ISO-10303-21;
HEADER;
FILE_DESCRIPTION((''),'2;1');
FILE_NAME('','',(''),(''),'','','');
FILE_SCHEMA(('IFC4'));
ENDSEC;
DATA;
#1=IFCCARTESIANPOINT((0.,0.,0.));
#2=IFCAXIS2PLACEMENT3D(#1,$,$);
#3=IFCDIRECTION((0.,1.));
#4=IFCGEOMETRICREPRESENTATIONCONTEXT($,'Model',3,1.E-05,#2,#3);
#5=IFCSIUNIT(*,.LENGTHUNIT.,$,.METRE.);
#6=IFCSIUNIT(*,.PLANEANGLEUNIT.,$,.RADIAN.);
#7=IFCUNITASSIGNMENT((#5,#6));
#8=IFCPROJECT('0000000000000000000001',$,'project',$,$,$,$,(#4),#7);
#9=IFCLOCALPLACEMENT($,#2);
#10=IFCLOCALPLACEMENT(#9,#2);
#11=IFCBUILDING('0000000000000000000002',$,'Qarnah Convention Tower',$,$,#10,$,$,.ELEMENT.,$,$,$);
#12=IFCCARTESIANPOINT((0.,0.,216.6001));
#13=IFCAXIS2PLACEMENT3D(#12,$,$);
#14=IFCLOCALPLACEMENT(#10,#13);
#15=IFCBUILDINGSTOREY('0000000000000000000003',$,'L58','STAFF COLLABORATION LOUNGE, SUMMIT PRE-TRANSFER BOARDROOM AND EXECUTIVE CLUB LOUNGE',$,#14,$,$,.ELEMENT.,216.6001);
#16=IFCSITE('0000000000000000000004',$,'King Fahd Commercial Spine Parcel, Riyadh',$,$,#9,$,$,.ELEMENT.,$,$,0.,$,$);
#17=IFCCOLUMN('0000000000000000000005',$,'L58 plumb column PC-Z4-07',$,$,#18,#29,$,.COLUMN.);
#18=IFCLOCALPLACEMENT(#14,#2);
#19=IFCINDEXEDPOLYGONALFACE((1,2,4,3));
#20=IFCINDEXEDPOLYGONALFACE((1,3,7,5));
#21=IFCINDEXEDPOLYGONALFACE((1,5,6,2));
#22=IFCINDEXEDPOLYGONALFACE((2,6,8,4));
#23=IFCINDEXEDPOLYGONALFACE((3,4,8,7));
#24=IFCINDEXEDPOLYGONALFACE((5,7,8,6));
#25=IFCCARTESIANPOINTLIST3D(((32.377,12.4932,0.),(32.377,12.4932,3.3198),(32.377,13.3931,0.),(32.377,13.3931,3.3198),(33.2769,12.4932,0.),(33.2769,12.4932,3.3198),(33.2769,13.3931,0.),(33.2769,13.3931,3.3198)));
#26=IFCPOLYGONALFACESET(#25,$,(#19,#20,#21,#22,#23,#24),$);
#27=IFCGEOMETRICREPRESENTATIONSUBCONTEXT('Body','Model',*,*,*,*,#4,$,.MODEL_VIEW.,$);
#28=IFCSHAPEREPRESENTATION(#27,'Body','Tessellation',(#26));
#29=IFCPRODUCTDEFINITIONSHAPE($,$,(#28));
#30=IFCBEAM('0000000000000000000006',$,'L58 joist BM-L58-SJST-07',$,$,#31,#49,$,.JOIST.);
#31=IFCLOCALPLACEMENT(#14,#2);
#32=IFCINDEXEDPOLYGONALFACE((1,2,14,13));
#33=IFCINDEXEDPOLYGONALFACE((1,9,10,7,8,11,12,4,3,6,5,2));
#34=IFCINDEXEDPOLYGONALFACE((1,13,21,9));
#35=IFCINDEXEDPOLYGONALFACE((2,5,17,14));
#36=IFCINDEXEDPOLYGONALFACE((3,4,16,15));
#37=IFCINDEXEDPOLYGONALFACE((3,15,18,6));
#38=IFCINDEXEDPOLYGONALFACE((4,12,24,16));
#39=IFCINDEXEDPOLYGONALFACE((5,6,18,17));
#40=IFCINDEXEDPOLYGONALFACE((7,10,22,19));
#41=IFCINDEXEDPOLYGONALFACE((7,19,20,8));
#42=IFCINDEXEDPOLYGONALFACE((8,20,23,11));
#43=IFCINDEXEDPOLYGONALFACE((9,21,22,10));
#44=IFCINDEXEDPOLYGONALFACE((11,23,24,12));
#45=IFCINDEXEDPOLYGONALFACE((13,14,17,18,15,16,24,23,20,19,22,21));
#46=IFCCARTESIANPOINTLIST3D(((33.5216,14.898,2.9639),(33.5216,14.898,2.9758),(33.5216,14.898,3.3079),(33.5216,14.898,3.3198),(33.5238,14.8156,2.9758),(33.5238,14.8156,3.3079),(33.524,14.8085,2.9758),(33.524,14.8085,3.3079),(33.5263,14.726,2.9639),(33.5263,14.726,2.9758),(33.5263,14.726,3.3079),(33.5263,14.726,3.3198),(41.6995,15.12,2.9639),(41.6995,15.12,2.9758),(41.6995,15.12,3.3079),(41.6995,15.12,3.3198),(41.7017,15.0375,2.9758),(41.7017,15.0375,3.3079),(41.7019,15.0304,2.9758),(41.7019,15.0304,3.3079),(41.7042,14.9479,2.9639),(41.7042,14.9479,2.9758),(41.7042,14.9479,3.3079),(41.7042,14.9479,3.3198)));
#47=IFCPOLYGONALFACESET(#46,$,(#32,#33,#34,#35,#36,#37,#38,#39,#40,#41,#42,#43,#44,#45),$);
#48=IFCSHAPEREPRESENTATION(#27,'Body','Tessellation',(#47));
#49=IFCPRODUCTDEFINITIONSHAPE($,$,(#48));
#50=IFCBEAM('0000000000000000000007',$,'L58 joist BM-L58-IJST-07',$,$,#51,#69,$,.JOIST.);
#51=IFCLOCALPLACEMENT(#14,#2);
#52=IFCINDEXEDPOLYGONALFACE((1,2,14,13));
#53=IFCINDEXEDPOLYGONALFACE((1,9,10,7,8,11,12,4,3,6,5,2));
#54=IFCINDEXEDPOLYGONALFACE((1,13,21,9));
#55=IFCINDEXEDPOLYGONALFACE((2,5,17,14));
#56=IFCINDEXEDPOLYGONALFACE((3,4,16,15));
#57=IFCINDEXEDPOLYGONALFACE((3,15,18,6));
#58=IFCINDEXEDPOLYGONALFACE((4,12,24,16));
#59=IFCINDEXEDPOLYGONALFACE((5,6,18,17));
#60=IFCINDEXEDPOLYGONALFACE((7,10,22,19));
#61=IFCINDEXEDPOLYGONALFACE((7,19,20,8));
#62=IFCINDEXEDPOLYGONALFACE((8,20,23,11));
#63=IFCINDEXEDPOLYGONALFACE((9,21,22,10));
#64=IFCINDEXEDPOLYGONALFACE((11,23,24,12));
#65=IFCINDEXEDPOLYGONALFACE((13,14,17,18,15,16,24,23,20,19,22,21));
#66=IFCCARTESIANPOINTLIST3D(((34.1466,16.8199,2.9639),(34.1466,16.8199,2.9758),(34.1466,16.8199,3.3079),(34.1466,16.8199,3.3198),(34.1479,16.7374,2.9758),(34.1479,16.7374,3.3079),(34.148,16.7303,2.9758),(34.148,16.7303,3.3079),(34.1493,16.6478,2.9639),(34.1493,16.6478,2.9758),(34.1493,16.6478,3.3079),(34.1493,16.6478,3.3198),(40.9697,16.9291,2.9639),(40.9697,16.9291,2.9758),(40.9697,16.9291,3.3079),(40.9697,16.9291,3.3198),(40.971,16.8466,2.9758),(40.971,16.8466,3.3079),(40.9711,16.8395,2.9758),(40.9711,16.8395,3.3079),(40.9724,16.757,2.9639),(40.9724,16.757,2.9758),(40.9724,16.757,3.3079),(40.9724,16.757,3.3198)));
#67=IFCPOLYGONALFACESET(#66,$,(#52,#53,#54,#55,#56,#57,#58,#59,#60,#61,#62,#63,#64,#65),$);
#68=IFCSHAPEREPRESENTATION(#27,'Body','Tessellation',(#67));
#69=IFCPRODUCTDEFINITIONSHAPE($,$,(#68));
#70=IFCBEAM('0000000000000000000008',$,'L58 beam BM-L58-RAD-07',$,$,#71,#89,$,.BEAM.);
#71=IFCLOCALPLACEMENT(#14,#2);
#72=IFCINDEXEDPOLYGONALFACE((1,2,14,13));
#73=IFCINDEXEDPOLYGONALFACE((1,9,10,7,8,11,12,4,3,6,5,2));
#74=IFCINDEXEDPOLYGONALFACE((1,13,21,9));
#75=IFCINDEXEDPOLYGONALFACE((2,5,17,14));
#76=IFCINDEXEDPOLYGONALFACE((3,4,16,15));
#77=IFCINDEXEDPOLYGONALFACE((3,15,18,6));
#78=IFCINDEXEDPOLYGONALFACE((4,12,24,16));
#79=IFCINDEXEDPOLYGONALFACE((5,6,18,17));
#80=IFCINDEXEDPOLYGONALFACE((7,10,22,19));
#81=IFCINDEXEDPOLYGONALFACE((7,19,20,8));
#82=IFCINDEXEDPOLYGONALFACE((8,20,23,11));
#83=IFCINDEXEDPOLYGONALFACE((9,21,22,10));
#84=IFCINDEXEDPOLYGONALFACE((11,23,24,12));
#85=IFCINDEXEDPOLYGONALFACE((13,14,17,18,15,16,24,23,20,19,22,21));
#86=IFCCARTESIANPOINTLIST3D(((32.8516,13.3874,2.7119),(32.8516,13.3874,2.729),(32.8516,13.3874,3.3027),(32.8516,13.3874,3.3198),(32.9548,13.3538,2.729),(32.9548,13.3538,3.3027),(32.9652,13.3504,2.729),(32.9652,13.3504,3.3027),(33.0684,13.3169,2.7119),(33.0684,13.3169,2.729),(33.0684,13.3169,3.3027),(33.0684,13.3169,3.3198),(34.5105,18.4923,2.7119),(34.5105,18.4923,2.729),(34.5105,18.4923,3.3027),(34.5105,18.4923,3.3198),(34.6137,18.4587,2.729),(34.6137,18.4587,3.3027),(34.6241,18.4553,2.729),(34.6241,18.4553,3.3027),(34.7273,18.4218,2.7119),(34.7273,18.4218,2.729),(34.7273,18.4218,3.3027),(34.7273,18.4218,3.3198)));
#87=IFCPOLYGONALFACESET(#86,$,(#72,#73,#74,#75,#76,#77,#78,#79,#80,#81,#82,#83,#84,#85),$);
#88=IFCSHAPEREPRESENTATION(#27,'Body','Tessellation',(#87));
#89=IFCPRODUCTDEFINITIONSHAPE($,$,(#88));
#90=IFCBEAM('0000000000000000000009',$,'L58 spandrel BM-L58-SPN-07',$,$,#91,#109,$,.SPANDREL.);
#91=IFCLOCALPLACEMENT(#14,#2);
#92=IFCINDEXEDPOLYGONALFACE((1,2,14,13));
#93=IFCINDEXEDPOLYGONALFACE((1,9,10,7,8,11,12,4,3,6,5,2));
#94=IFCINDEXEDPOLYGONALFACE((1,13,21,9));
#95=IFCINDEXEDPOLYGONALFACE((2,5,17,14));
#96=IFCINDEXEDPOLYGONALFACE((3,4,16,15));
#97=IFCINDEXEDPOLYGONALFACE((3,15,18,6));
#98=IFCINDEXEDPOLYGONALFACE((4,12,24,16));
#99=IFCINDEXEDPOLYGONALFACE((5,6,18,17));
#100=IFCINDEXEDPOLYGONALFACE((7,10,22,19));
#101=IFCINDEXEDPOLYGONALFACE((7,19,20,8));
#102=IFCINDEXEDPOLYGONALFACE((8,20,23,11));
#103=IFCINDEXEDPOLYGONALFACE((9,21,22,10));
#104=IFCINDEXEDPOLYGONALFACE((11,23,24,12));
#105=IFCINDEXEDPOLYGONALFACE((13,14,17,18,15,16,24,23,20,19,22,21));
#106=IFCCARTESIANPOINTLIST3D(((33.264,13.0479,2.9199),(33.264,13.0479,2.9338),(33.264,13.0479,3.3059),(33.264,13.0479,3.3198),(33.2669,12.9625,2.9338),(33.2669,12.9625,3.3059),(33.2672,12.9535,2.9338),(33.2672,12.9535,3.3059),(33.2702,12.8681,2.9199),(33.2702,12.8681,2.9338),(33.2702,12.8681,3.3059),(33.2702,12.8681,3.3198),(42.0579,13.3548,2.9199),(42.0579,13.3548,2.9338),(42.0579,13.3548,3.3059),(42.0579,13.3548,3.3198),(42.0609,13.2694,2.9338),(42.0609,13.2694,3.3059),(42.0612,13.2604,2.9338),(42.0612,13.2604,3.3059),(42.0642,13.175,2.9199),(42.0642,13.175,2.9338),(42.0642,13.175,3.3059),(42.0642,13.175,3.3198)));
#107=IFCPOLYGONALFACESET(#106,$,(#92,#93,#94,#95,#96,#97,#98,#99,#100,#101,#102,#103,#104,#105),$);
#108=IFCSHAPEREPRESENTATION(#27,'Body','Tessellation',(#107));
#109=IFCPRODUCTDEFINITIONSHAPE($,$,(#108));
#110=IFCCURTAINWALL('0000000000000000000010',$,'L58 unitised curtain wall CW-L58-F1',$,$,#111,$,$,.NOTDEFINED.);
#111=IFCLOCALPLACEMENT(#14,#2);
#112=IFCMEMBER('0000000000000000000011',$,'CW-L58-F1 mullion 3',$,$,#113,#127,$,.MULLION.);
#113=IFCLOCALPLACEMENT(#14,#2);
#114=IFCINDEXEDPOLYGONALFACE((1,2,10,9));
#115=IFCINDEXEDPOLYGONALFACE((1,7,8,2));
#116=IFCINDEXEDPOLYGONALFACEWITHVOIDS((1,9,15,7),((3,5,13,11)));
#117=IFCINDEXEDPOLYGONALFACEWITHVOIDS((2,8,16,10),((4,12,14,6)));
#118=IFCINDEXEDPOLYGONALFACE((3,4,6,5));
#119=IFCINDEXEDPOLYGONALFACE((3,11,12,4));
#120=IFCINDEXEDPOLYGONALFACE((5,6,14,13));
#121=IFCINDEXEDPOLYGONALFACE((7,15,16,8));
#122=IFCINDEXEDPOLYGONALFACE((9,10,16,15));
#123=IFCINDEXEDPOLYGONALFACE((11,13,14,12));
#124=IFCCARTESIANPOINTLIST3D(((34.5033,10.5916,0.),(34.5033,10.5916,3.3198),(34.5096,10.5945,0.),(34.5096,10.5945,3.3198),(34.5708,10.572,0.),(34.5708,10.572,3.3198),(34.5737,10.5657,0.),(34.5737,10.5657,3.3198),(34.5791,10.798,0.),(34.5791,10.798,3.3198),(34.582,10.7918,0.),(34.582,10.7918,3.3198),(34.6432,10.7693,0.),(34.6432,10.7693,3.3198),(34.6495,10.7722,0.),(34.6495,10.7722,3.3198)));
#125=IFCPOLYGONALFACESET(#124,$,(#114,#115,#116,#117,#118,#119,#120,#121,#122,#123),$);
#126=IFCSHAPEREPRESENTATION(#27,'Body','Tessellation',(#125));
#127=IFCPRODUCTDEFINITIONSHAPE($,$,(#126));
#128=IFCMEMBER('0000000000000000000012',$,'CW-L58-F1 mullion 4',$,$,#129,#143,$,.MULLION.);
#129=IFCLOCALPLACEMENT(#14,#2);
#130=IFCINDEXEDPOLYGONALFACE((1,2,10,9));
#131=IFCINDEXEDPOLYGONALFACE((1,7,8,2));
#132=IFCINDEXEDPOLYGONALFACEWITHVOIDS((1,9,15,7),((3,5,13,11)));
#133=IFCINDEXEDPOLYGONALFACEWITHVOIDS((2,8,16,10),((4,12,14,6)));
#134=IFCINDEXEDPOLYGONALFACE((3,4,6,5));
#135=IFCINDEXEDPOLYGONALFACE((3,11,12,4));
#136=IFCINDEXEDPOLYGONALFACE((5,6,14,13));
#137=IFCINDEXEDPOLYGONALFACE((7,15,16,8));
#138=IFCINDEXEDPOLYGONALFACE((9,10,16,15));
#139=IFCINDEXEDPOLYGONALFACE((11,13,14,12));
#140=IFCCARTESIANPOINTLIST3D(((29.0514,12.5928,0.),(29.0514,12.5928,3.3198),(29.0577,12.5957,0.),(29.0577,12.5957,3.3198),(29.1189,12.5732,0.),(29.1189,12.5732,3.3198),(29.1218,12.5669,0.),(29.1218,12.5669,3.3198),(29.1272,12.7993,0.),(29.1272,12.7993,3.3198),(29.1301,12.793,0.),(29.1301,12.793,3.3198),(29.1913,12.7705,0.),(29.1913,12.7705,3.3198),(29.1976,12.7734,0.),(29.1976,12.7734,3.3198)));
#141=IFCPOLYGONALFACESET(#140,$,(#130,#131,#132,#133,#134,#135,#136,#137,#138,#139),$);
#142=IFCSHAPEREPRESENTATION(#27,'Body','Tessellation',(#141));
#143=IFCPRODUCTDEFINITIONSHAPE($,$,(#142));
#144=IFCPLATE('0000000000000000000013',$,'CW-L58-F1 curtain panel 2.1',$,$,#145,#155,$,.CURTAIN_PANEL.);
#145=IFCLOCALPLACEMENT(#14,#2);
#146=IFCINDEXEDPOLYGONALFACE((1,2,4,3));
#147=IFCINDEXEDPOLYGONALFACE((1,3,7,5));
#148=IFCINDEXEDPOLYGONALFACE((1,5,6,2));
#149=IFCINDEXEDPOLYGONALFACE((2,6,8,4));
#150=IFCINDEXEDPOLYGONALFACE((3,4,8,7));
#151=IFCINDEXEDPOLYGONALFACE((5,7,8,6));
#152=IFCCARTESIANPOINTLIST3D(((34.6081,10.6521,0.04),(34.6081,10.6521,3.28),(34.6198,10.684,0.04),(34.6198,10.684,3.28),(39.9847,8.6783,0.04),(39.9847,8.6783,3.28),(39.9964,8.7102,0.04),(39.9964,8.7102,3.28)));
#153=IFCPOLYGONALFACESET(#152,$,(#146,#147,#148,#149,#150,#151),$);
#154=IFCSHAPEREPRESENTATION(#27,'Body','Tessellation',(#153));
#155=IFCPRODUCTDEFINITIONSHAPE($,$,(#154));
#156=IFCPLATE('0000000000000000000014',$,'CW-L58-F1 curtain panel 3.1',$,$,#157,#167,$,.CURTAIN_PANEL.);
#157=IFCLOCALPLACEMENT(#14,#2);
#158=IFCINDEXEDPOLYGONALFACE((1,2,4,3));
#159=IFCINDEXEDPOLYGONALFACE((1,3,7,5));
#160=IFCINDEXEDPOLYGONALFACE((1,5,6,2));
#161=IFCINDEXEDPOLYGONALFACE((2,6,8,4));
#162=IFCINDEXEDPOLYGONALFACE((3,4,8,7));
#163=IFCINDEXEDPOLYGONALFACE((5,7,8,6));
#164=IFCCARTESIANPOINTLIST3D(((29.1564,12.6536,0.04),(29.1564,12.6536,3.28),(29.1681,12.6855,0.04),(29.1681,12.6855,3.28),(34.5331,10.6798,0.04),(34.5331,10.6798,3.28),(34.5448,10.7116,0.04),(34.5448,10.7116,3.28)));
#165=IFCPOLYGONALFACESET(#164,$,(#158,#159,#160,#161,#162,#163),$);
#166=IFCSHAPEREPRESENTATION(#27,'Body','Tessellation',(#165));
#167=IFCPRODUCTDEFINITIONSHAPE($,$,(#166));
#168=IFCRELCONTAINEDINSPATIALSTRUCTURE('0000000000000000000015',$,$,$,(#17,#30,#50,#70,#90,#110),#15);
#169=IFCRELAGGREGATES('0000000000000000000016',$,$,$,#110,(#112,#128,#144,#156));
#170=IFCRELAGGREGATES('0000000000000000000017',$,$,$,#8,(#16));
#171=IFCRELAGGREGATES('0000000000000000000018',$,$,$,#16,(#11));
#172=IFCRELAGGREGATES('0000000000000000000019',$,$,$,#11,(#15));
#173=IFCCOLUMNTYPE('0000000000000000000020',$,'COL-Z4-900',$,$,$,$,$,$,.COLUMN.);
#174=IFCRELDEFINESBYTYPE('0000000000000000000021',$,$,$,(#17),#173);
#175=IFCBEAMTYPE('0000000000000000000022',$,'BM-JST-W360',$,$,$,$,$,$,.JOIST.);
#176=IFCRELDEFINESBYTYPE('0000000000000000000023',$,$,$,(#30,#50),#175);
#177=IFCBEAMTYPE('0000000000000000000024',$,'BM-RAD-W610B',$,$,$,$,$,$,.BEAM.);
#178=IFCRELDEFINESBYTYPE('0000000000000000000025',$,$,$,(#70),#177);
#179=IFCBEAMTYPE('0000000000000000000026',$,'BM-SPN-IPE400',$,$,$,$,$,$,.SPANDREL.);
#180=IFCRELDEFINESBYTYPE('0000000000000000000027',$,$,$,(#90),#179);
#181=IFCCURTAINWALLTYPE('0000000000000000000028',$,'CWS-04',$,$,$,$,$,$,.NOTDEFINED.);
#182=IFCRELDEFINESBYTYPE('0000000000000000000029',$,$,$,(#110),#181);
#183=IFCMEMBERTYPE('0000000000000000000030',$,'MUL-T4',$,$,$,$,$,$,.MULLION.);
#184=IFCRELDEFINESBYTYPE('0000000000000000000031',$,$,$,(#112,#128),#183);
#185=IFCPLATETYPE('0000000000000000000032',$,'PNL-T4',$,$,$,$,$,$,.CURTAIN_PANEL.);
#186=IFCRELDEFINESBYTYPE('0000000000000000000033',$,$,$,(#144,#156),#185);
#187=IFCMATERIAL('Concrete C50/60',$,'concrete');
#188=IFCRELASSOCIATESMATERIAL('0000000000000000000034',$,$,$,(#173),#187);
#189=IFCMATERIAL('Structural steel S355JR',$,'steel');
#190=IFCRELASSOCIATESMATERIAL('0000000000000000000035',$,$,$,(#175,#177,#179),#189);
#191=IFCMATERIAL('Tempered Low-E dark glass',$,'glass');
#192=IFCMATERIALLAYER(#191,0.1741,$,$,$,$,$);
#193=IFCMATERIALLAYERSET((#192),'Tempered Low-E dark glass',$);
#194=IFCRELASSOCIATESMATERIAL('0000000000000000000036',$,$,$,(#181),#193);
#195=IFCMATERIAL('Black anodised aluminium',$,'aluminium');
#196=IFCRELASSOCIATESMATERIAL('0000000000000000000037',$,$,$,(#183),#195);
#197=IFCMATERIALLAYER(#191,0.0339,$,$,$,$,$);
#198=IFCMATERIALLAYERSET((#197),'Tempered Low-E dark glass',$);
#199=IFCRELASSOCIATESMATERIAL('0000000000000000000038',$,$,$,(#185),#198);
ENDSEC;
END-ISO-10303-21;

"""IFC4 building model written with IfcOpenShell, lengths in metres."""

from ifc_helpers import new_model, si_unit, direction, frame, origin, origin_2d, place, context, subcontext, project, spatial, rectangle, hollow_rectangle, i_section, extrude, material, layer, layer_set, material_profile, profile_set, type_object, element, aggregate, save


model = new_model("IFC4")

# Units and contexts
model_context = context("Model", 3, precision=1e-05, world=origin(), true_north=direction((0.0, 1.0)))
body_context = subcontext(model_context, "Body", "Model", "MODEL_VIEW")
ifc_project = project(units=[si_unit("LENGTHUNIT", "METRE"), si_unit("PLANEANGLEUNIT", "RADIAN")], contexts=[model_context])

# Site, building, storey
site_placement = place(None, origin())
site = spatial("IfcSite", under=ifc_project, at=site_placement, Name="King Fahd Commercial Spine Parcel, Riyadh", CompositionType="ELEMENT", RefElevation=0.0)
building_placement = place(site_placement, origin())
building = spatial("IfcBuilding", under=site, at=building_placement, Name="Qarnah Convention Tower", CompositionType="ELEMENT")
storey_placement = place(building_placement, frame((0.0, 0.0, 216.6001)))
storey = spatial("IfcBuildingStorey", under=building, at=storey_placement, Name="L58", Description="STAFF COLLABORATION LOUNGE, SUMMIT PRE-TRANSFER BOARDROOM AND EXECUTIVE CLUB LOUNGE", CompositionType="ELEMENT", Elevation=216.6001)

# Column
ifc_material_1 = material(Name="Concrete C50/60", Category="concrete")
ifc_material_profile_1 = material_profile(ifc_material_1, rectangle(XDim=0.8999, YDim=0.8999, at=origin_2d()), Name="RC-COL-900X900")
ifc_profile_set_1 = profile_set([ifc_material_profile_1], Name="Concrete C50/60")
column_type = type_object("IfcColumnType", Name="COL-Z4-900", PredefinedType="COLUMN", material=ifc_profile_set_1)
column_placement = place(storey_placement, frame((32.8269, 12.9431, 0.0), z_axis=(0.0, 0.0, 1.0), x_axis=(1.0, 0.0, 0.0)))
element("IfcColumn", 1, at=column_placement, inside=storey, type_object=column_type, Name="L58 plumb column PC-Z4-07", PredefinedType="COLUMN", context=body_context, shape_type="SweptSolid", body=[
    extrude(rectangle(XDim=0.8999, YDim=0.8999, at=origin_2d()), origin(), (0.0, 0.0, 1.0), 3.3198),
])

# Beams
ifc_material_2 = material(Name="Structural steel S355JR", Category="steel")
ifc_material_profile_2 = material_profile(ifc_material_2, i_section(OverallWidth=0.1721, OverallDepth=0.356, WebThickness=0.0071, FlangeThickness=0.012, at=origin_2d()), Name="W360X51")
ifc_profile_set_2 = profile_set([ifc_material_profile_2], Name="Structural steel S355JR")
beam_type_1 = type_object("IfcBeamType", Name="BM-JST-W360", PredefinedType="JOIST", material=ifc_profile_set_2)
beam_1_placement = place(storey_placement, frame((33.5239, 14.812, 3.1418), z_axis=(0.999632, 0.027127, 0.0), x_axis=(-0.027127, 0.999632, 0.0)))
element("IfcBeam", 2, at=beam_1_placement, inside=storey, type_object=beam_type_1, Name="L58 joist BM-L58-SJST-07", PredefinedType="JOIST", context=body_context, shape_type="SweptSolid", body=[
    extrude(i_section(OverallWidth=0.1721, OverallDepth=0.356, WebThickness=0.0071, FlangeThickness=0.012, at=origin_2d()), origin(), (0.0, 0.0, 1.0), 8.1809),
])
beam_2_placement = place(storey_placement, frame((34.1479, 16.7339, 3.1418), z_axis=(0.999872, 0.015993, 0.0), x_axis=(-0.015993, 0.999872, 0.0)))
element("IfcBeam", 3, at=beam_2_placement, inside=storey, type_object=beam_type_1, Name="L58 joist BM-L58-IJST-07", PredefinedType="JOIST", context=body_context, shape_type="SweptSolid", body=[
    extrude(i_section(OverallWidth=0.1721, OverallDepth=0.356, WebThickness=0.0071, FlangeThickness=0.012, at=origin_2d()), origin(), (0.0, 0.0, 1.0), 6.824),
])
ifc_material_profile_3 = material_profile(ifc_material_2, i_section(OverallWidth=0.228, OverallDepth=0.6079, WebThickness=0.011, FlangeThickness=0.0171, at=origin_2d()), Name="W610X113")
ifc_profile_set_3 = profile_set([ifc_material_profile_3], Name="Structural steel S355JR")
beam_type_2 = type_object("IfcBeamType", Name="BM-RAD-W610B", PredefinedType="BEAM", material=ifc_profile_set_3)
beam_3_placement = place(storey_placement, frame((34.6189, 18.457, 3.0159), z_axis=(-0.309055, -0.951044, 0.0), x_axis=(0.951044, -0.309055, 0.0)))
element("IfcBeam", 4, at=beam_3_placement, inside=storey, type_object=beam_type_2, Name="L58 beam BM-L58-RAD-07", PredefinedType="BEAM", context=body_context, shape_type="SweptSolid", body=[
    extrude(i_section(OverallWidth=0.228, OverallDepth=0.6079, WebThickness=0.011, FlangeThickness=0.0171, at=origin_2d()), origin(), (0.0, 0.0, 1.0), 5.3677),
])
ifc_material_profile_4 = material_profile(ifc_material_2, i_section(OverallWidth=0.1799, OverallDepth=0.3999, WebThickness=0.009, FlangeThickness=0.0139, at=origin_2d()), Name="IPE400")
ifc_profile_set_4 = profile_set([ifc_material_profile_4], Name="Structural steel S355JR")
beam_type_3 = type_object("IfcBeamType", Name="BM-SPN-IPE400", PredefinedType="SPANDREL", material=ifc_profile_set_4)
beam_4_placement = place(storey_placement, frame((33.2671, 12.958, 3.1199), z_axis=(0.999392, 0.034876, 0.0), x_axis=(-0.034876, 0.999392, 0.0)))
element("IfcBeam", 5, at=beam_4_placement, inside=storey, type_object=beam_type_3, Name="L58 spandrel BM-L58-SPN-07", PredefinedType="SPANDREL", context=body_context, shape_type="SweptSolid", body=[
    extrude(i_section(OverallWidth=0.1799, OverallDepth=0.3999, WebThickness=0.009, FlangeThickness=0.0139, at=origin_2d()), origin(), (0.0, 0.0, 1.0), 8.7993),
])

# Curtain wall, members, plates
ifc_material_3 = material(Name="Tempered Low-E dark glass", Category="glass")
ifc_layer_1 = layer(ifc_material_3, 0.1741)
ifc_layer_set_1 = layer_set([ifc_layer_1], Name="Tempered Low-E dark glass")
curtain_wall_type = type_object("IfcCurtainWallType", Name="CWS-04", PredefinedType="NOTDEFINED", material=ifc_layer_set_1)
curtain_wall_placement = place(storey_placement, origin())
curtain_wall = element("IfcCurtainWall", 6, at=curtain_wall_placement, inside=storey, type_object=curtain_wall_type, Name="L58 unitised curtain wall CW-L58-F1", PredefinedType="NOTDEFINED")
ifc_material_4 = material(Name="Black anodised aluminium", Category="aluminium")
ifc_material_profile_5 = material_profile(ifc_material_4, hollow_rectangle(XDim=0.075, YDim=0.22, WallThickness=0.0049, at=origin_2d()), Name="MUL-75X220")
ifc_profile_set_5 = profile_set([ifc_material_profile_5], Name="Black anodised aluminium")
member_type = type_object("IfcMemberType", Name="MUL-T4", PredefinedType="MULLION", material=ifc_profile_set_5)
member_1_placement = place(storey_placement, frame((34.5764, 10.6819, 0.0), z_axis=(0.0, 0.0, 1.0), x_axis=(-0.938742, 0.34462, 0.0)))
member_1 = element("IfcMember", 7, at=member_1_placement, type_object=member_type, Name="CW-L58-F1 mullion 3", PredefinedType="MULLION", context=body_context, shape_type="SweptSolid", body=[
    extrude(hollow_rectangle(XDim=0.075, YDim=0.22, WallThickness=0.0049, at=origin_2d()), origin(), (0.0, 0.0, 1.0), 3.3198),
])
member_2_placement = place(storey_placement, frame((29.1245, 12.6831, 0.0), z_axis=(0.0, 0.0, 1.0), x_axis=(-0.938742, 0.34462, 0.0)))
member_2 = element("IfcMember", 8, at=member_2_placement, type_object=member_type, Name="CW-L58-F1 mullion 4", PredefinedType="MULLION", context=body_context, shape_type="SweptSolid", body=[
    extrude(hollow_rectangle(XDim=0.075, YDim=0.22, WallThickness=0.0049, at=origin_2d()), origin(), (0.0, 0.0, 1.0), 3.3198),
])
ifc_layer_2 = layer(ifc_material_3, 0.0339)
ifc_layer_set_2 = layer_set([ifc_layer_2], Name="Tempered Low-E dark glass")
plate_type = type_object("IfcPlateType", Name="PNL-T4", PredefinedType="CURTAIN_PANEL", material=ifc_layer_set_2)
plate_1_placement = place(storey_placement, frame((37.3022, 9.6812, 0.04), z_axis=(0.0, 0.0, 1.0), x_axis=(-0.938742, 0.34462, 0.0)))
plate_1 = element("IfcPlate", 9, at=plate_1_placement, type_object=plate_type, Name="CW-L58-F1 curtain panel 2.1", PredefinedType="CURTAIN_PANEL", context=body_context, shape_type="SweptSolid", body=[
    extrude(rectangle(XDim=5.7275, YDim=0.0339, at=origin_2d()), origin(), (0.0, 0.0, 1.0), 3.24),
])
plate_2_placement = place(storey_placement, frame((31.8506, 11.6826, 0.04), z_axis=(0.0, 0.0, 1.0), x_axis=(-0.938742, 0.34462, 0.0)))
plate_2 = element("IfcPlate", 10, at=plate_2_placement, type_object=plate_type, Name="CW-L58-F1 curtain panel 3.1", PredefinedType="CURTAIN_PANEL", context=body_context, shape_type="SweptSolid", body=[
    extrude(rectangle(XDim=5.7275, YDim=0.0339, at=origin_2d()), origin(), (0.0, 0.0, 1.0), 3.24),
])
aggregate(curtain_wall, [member_1, member_2, plate_1, plate_2])

save(model, "model.ifc")
